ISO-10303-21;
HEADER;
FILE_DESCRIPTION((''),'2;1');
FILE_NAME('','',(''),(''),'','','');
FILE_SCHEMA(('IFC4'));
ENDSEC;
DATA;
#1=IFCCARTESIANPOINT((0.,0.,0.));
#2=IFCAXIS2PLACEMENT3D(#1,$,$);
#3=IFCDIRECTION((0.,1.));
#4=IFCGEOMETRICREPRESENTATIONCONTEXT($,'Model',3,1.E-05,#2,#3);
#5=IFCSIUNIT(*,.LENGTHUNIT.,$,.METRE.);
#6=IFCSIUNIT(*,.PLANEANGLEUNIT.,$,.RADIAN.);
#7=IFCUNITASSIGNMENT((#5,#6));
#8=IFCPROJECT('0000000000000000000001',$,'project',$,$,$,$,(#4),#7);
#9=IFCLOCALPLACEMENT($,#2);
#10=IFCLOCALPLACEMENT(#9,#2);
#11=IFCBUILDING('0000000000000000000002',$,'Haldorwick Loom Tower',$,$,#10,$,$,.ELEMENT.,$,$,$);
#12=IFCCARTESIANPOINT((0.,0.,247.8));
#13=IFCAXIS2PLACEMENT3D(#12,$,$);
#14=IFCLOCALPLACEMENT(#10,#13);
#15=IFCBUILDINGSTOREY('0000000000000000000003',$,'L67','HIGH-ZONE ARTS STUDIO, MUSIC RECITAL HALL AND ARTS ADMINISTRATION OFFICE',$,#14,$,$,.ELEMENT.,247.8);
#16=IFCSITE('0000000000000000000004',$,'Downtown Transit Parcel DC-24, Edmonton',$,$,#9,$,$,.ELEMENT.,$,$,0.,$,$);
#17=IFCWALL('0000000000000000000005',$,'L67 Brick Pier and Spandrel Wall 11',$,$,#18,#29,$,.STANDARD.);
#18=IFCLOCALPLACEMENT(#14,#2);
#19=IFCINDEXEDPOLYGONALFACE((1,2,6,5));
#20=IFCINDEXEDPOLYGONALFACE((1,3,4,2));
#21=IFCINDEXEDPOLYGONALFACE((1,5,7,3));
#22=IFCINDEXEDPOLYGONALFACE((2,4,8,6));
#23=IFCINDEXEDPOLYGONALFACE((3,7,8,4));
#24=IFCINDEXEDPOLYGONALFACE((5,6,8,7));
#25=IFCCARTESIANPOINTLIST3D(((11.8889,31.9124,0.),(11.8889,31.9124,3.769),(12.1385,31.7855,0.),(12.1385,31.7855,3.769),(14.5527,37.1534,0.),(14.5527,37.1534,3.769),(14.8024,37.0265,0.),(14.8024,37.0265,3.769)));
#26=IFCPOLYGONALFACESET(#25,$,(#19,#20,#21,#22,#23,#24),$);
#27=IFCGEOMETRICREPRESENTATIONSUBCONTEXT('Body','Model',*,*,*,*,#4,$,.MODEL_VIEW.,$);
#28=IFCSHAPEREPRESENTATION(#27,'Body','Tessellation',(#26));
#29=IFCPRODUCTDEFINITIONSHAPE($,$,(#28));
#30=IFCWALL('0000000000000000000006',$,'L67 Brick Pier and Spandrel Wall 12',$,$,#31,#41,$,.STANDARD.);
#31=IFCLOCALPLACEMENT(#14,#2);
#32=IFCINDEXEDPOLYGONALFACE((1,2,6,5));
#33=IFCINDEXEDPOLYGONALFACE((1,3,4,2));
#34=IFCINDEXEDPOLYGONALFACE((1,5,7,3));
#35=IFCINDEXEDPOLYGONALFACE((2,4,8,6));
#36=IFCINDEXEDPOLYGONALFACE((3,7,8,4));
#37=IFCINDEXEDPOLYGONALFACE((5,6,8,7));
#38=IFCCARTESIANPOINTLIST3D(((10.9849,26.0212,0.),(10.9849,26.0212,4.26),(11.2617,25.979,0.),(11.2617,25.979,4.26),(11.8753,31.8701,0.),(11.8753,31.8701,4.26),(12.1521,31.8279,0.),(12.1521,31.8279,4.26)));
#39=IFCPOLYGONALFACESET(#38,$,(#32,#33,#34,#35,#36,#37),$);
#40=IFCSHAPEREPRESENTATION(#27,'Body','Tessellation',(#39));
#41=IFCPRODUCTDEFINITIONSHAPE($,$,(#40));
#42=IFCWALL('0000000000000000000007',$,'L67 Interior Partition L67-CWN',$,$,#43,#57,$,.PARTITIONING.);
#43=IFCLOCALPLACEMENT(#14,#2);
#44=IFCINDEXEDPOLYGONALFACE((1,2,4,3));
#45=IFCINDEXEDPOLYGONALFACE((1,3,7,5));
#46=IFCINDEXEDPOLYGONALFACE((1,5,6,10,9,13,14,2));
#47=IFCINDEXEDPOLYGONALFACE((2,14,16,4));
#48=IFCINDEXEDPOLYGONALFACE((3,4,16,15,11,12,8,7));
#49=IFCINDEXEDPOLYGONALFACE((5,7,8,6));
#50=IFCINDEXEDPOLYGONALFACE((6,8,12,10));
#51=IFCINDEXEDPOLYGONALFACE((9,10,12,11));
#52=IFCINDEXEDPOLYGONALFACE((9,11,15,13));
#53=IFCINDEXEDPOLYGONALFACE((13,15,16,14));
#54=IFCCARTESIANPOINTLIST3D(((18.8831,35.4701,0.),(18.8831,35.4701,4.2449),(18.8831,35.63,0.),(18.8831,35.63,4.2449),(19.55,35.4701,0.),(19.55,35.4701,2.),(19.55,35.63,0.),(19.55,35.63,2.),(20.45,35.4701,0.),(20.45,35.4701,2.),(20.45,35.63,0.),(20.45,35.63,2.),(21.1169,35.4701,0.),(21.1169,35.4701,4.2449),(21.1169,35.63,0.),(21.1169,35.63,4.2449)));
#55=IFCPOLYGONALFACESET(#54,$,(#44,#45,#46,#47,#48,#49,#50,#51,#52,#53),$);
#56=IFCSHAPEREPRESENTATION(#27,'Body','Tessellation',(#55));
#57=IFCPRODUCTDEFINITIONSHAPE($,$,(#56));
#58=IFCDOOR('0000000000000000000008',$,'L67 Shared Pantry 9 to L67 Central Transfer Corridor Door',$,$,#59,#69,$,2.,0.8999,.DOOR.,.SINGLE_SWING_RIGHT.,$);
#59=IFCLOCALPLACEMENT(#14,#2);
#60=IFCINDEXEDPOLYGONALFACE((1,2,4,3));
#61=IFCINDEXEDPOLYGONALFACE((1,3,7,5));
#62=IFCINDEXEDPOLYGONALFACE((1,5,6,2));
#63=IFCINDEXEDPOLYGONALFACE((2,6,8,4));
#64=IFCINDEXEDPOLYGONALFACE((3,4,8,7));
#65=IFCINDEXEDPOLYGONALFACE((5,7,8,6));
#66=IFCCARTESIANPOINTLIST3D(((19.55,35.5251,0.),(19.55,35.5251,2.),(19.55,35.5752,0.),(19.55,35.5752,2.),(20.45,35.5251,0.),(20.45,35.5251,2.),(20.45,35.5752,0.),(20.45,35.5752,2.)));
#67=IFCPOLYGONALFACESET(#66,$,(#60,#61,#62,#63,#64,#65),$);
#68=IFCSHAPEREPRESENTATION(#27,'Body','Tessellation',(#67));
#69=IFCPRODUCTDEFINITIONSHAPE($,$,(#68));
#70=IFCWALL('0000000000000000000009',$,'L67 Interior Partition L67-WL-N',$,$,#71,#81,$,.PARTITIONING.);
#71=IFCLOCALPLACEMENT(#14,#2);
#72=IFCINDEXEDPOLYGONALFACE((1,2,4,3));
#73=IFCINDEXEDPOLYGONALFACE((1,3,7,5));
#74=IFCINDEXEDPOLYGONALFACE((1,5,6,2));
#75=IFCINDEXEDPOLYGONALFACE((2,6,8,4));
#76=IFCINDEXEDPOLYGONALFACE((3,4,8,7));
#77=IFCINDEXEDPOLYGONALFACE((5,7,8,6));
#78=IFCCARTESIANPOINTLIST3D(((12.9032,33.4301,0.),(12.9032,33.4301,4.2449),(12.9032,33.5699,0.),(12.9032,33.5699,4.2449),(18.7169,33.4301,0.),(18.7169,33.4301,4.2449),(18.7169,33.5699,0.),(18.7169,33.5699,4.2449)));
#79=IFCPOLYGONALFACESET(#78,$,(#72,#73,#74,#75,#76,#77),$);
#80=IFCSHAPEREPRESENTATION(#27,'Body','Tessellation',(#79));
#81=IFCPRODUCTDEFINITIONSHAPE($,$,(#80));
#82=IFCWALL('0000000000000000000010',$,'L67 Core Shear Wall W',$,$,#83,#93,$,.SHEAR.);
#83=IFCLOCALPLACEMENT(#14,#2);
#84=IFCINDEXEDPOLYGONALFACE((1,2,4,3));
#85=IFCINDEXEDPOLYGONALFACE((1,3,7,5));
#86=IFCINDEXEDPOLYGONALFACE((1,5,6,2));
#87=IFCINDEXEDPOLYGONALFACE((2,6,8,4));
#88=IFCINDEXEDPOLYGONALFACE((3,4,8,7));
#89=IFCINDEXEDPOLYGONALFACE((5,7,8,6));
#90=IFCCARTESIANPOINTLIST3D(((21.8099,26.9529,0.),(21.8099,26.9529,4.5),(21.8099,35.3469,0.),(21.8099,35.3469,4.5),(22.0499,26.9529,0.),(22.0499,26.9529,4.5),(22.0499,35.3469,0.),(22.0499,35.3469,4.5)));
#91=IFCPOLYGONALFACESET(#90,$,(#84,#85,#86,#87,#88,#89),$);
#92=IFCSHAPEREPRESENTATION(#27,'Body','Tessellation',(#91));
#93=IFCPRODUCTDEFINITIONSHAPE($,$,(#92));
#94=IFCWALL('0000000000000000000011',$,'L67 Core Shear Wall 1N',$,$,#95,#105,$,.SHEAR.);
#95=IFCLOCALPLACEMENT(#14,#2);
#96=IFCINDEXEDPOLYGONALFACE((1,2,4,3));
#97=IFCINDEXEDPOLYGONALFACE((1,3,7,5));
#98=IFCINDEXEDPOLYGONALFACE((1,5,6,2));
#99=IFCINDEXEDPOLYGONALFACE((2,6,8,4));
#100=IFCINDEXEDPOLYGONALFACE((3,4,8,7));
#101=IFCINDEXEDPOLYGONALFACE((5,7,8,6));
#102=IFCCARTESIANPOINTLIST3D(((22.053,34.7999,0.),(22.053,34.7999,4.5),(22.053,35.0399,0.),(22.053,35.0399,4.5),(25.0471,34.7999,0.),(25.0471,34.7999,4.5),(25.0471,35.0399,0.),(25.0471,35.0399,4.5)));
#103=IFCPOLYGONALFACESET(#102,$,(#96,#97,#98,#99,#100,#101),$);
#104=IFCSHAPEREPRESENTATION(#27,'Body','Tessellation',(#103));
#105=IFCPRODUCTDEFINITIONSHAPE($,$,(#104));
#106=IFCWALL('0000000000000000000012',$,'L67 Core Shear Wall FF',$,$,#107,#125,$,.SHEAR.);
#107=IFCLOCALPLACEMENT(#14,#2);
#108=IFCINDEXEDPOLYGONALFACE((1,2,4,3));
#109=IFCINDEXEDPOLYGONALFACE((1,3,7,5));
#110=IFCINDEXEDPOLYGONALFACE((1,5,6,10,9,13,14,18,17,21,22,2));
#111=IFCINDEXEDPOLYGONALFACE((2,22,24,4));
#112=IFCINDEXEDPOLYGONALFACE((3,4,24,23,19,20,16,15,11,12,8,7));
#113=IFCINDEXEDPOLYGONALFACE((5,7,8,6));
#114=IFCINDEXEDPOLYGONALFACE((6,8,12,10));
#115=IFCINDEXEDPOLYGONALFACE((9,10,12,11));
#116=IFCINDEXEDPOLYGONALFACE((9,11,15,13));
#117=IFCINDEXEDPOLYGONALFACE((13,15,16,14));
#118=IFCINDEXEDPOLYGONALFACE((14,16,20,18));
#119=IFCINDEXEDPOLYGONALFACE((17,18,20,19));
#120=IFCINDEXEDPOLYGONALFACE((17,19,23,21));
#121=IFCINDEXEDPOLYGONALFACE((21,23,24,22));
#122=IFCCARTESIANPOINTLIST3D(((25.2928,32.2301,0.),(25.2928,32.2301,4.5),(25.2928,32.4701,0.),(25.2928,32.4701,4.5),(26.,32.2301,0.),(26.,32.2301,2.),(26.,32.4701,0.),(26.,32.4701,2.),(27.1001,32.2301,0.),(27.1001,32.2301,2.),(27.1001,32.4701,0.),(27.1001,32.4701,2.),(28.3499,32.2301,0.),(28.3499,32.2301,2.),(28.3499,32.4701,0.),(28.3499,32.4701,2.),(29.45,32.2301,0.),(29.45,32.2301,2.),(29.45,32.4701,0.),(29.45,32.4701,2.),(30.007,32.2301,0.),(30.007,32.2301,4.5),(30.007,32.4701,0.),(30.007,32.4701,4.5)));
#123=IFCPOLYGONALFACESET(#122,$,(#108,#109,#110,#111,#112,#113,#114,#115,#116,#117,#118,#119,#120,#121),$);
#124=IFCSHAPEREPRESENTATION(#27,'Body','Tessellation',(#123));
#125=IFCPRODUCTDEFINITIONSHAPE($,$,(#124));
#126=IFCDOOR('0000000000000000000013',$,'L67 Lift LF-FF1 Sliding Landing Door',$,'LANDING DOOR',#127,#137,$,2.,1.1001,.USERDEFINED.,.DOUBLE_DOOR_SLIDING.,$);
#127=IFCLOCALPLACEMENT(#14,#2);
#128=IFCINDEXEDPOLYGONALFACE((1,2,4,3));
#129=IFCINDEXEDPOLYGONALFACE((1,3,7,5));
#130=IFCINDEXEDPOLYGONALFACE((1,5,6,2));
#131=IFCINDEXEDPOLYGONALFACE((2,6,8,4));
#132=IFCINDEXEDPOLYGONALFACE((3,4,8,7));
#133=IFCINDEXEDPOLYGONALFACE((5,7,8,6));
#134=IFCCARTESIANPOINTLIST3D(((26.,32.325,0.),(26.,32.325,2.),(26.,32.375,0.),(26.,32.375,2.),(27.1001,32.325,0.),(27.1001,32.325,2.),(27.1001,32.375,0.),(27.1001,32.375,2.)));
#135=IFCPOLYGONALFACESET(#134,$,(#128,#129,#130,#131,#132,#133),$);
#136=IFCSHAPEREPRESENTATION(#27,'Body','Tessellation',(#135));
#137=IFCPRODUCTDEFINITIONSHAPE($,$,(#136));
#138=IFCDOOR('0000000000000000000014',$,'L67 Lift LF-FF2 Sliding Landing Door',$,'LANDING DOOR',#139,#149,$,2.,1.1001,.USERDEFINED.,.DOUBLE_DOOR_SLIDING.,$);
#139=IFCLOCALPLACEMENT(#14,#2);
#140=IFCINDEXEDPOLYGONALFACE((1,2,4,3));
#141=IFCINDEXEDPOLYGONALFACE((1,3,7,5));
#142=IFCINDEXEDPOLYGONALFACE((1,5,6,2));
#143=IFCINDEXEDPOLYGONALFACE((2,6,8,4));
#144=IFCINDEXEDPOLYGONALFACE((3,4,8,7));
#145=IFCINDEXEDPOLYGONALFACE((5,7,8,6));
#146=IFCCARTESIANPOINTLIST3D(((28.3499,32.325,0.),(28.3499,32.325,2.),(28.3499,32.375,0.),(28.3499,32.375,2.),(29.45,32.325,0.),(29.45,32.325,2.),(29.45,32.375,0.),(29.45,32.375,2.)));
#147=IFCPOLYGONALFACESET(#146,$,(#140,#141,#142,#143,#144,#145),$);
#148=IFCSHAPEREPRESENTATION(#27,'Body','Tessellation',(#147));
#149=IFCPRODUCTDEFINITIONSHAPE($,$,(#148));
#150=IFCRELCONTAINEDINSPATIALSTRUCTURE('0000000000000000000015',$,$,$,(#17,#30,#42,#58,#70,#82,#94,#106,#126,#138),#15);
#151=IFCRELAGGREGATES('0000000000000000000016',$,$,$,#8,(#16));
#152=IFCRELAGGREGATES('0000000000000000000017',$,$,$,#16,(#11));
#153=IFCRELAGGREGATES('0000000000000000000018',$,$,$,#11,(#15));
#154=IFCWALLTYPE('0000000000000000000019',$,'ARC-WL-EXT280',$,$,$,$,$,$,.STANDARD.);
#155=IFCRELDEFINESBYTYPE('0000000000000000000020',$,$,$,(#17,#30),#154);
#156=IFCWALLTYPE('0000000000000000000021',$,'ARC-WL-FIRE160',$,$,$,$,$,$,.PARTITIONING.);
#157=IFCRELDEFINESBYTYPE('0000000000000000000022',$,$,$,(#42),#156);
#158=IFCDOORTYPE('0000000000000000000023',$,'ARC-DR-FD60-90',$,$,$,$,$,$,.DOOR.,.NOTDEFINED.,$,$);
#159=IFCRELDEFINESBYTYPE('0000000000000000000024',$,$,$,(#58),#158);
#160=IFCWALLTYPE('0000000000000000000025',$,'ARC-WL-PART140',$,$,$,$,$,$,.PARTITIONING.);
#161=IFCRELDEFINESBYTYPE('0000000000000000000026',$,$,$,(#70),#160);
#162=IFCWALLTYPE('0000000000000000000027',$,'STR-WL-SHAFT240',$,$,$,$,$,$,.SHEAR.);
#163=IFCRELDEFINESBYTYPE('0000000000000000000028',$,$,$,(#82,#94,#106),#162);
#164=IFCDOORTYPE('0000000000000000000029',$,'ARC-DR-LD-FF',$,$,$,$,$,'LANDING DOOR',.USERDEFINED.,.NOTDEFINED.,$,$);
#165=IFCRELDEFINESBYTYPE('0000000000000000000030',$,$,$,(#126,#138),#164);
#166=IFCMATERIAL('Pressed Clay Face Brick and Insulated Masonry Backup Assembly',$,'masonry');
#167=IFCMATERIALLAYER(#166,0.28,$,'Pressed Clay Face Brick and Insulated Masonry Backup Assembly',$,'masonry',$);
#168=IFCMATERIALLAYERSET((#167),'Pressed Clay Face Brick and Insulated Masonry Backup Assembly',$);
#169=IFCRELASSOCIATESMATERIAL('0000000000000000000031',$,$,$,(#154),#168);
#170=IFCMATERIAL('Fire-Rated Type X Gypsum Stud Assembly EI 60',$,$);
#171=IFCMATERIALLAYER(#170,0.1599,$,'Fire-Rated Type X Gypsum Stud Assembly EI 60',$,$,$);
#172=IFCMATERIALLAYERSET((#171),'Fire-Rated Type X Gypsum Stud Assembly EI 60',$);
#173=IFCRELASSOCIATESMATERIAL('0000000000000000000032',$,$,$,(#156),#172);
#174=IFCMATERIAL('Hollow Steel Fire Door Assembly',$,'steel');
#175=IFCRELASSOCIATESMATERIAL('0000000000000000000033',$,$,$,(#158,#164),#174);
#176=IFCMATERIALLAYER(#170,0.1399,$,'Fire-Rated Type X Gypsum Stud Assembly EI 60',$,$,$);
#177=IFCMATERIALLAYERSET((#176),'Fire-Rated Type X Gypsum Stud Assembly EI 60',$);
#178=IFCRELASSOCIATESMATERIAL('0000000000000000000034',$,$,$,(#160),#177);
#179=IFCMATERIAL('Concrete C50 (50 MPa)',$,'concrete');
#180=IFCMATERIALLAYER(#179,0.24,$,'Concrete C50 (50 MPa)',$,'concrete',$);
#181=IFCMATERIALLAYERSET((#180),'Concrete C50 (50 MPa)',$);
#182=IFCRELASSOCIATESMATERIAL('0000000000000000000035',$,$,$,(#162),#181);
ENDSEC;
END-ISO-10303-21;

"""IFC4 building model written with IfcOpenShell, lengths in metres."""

from ifc_helpers import new_model, si_unit, direction, frame, frame_2d, origin, place, context, subcontext, project, spatial, rectangle, extrude, material, layer, layer_set, type_object, element, fill, save


model = new_model("IFC4")

# Units and contexts
model_context = context("Model", 3, precision=1e-05, world=origin(), true_north=direction((0.0, 1.0)))
body_context = subcontext(model_context, "Body", "Model", "MODEL_VIEW")
ifc_project = project(units=[si_unit("LENGTHUNIT", "METRE"), si_unit("PLANEANGLEUNIT", "RADIAN")], contexts=[model_context])

# Site, building, storey
site_placement = place(None, origin())
site = spatial("IfcSite", under=ifc_project, at=site_placement, Name="Downtown Transit Parcel DC-24, Edmonton", CompositionType="ELEMENT", RefElevation=0.0)
building_placement = place(site_placement, origin())
building = spatial("IfcBuilding", under=site, at=building_placement, Name="Haldorwick Loom Tower", CompositionType="ELEMENT")
storey_placement = place(building_placement, frame((0.0, 0.0, 247.8)))
storey = spatial("IfcBuildingStorey", under=building, at=storey_placement, Name="L67", Description="HIGH-ZONE ARTS STUDIO, MUSIC RECITAL HALL AND ARTS ADMINISTRATION OFFICE", CompositionType="ELEMENT", Elevation=247.8)

# Shared definitions
ifc_material_1 = material(Name="Concrete C50 (50 MPa)", Category="concrete")

# Shared definitions
ifc_material_2 = material(Name="Pressed Clay Face Brick and Insulated Masonry Backup Assembly", Category="masonry")
ifc_layer_1 = layer(ifc_material_2, 0.28, Name="Pressed Clay Face Brick and Insulated Masonry Backup Assembly", Category="masonry")
ifc_layer_set_1 = layer_set([ifc_layer_1], Name="Pressed Clay Face Brick and Insulated Masonry Backup Assembly")
wall_type_1 = type_object("IfcWallType", Name="ARC-WL-EXT280", PredefinedType="STANDARD", material=ifc_layer_set_1)

# Walls
wall_1_placement = place(storey_placement, frame((14.6775, 37.0898, 0.0), z_axis=(0.0, 0.0, 1.0), x_axis=(-0.453101, -0.891459, 0.0)))
element("IfcWall", 1, at=wall_1_placement, inside=storey, type_object=wall_type_1, Name="L67 Brick Pier and Spandrel Wall 11", PredefinedType="STANDARD", context=body_context, shape_type="SweptSolid", body=[
    extrude(rectangle(XDim=5.8792, YDim=0.28, at=frame_2d((2.9395, 0.0))), origin(), (0.0, 0.0, 1.0), 3.769),
])
wall_2_placement = place(storey_placement, frame((12.0137, 31.8489, 0.0), z_axis=(0.0, 0.0, 1.0), x_axis=(-0.150497, -0.98861, 0.0)))
element("IfcWall", 2, at=wall_2_placement, inside=storey, type_object=wall_type_1, Name="L67 Brick Pier and Spandrel Wall 12", PredefinedType="STANDARD", context=body_context, shape_type="SweptSolid", body=[
    extrude(rectangle(XDim=5.9163, YDim=0.28, at=frame_2d((2.958, 0.0))), origin(), (0.0, 0.0, 1.0), 4.26),
])

# Wall, opening, door
ifc_material_3 = material(Name="Fire-Rated Type X Gypsum Stud Assembly EI 60")
ifc_layer_2 = layer(ifc_material_3, 0.1599, Name="Fire-Rated Type X Gypsum Stud Assembly EI 60")
ifc_layer_set_2 = layer_set([ifc_layer_2], Name="Fire-Rated Type X Gypsum Stud Assembly EI 60")
wall_type_2 = type_object("IfcWallType", Name="ARC-WL-FIRE160", PredefinedType="PARTITIONING", material=ifc_layer_set_2)
wall_3_placement = place(storey_placement, frame((18.8831, 35.55, 0.0), z_axis=(0.0, 0.0, 1.0), x_axis=(1.0, 0.0, 0.0)))
wall_3 = element("IfcWall", 3, at=wall_3_placement, inside=storey, type_object=wall_type_2, Name="L67 Interior Partition L67-CWN", PredefinedType="PARTITIONING", context=body_context, shape_type="SweptSolid", body=[
    extrude(rectangle(XDim=2.2339, YDim=0.1599, at=frame_2d((1.1169, 0.0))), origin(), (0.0, 0.0, 1.0), 4.2449),
])
opening_1_placement = place(wall_3_placement, frame((0.667, 0.0, 0.0)))
opening_1 = element("IfcOpeningElement", 4, at=opening_1_placement, cuts=wall_3, PredefinedType="OPENING", context=body_context, shape_type="SweptSolid", body=[
    extrude(rectangle(XDim=0.8999, YDim=2.0, at=frame_2d((0.45, 1.0))), frame((0.0, 0.0898, 0.0), z_axis=(0.0, -1.0, 0.0), x_axis=(1.0, 0.0, 0.0)), (0.0, 0.0, 1.0), 0.1799),
])
ifc_material_4 = material(Name="Hollow Steel Fire Door Assembly", Category="steel")
door_type_1 = type_object("IfcDoorType", Name="ARC-DR-FD60-90", OperationType="NOTDEFINED", PredefinedType="DOOR", material=ifc_material_4)
door_1_placement = place(opening_1_placement, frame((0.8999, 0.0, 0.0), z_axis=(0.0, 0.0, 1.0), x_axis=(-1.0, 0.0, 0.0)))
door_1 = element("IfcDoor", 5, at=door_1_placement, inside=storey, type_object=door_type_1, Name="L67 Shared Pantry 9 to L67 Central Transfer Corridor Door", OperationType="SINGLE_SWING_RIGHT", OverallHeight=2.0, OverallWidth=0.8999, PredefinedType="DOOR", context=body_context, shape_type="SweptSolid", body=[
    extrude(rectangle(XDim=0.8999, YDim=2.0, at=frame_2d((0.45, 1.0))), frame((0.0, 0.0249, 0.0), z_axis=(0.0, -1.0, 0.0), x_axis=(1.0, 0.0, 0.0)), (0.0, 0.0, 1.0), 0.05),
])
fill(opening_1, door_1)

# Walls
ifc_layer_3 = layer(ifc_material_3, 0.1399, Name="Fire-Rated Type X Gypsum Stud Assembly EI 60")
ifc_layer_set_3 = layer_set([ifc_layer_3], Name="Fire-Rated Type X Gypsum Stud Assembly EI 60")
wall_type_3 = type_object("IfcWallType", Name="ARC-WL-PART140", PredefinedType="PARTITIONING", material=ifc_layer_set_3)
wall_4_placement = place(storey_placement, frame((12.9033, 33.5, 0.0), z_axis=(0.0, 0.0, 1.0), x_axis=(1.0, 0.0, 0.0)))
element("IfcWall", 6, at=wall_4_placement, inside=storey, type_object=wall_type_3, Name="L67 Interior Partition L67-WL-N", PredefinedType="PARTITIONING", context=body_context, shape_type="SweptSolid", body=[
    extrude(rectangle(XDim=5.8137, YDim=0.1399, at=frame_2d((2.9067, 0.0))), origin(), (0.0, 0.0, 1.0), 4.2449),
])
ifc_layer_4 = layer(ifc_material_1, 0.24, Name="Concrete C50 (50 MPa)", Category="concrete")
ifc_layer_set_4 = layer_set([ifc_layer_4], Name="Concrete C50 (50 MPa)")
wall_type_4 = type_object("IfcWallType", Name="STR-WL-SHAFT240", PredefinedType="SHEAR", material=ifc_layer_set_4)
wall_5_placement = place(storey_placement, frame((21.9299, 35.3469, 0.0), z_axis=(0.0, 0.0, 1.0), x_axis=(0.0, -1.0, 0.0)))
element("IfcWall", 7, at=wall_5_placement, inside=storey, type_object=wall_type_4, Name="L67 Core Shear Wall W", PredefinedType="SHEAR", context=body_context, shape_type="SweptSolid", body=[
    extrude(rectangle(XDim=8.394, YDim=0.24, at=frame_2d((4.197, 0.0))), origin(), (0.0, 0.0, 1.0), 4.5),
])
wall_6_placement = place(storey_placement, frame((22.053, 34.9199, 0.0), z_axis=(0.0, 0.0, 1.0), x_axis=(1.0, 0.0, 0.0)))
element("IfcWall", 8, at=wall_6_placement, inside=storey, type_object=wall_type_4, Name="L67 Core Shear Wall 1N", PredefinedType="SHEAR", context=body_context, shape_type="SweptSolid", body=[
    extrude(rectangle(XDim=2.9941, YDim=0.24, at=frame_2d((1.4971, 0.0))), origin(), (0.0, 0.0, 1.0), 4.5),
])

# Wall, openings, doors
wall_7_placement = place(storey_placement, frame((25.293, 32.3501, 0.0), z_axis=(0.0, 0.0, 1.0), x_axis=(1.0, 0.0, 0.0)))
wall_7 = element("IfcWall", 9, at=wall_7_placement, inside=storey, type_object=wall_type_4, Name="L67 Core Shear Wall FF", PredefinedType="SHEAR", context=body_context, shape_type="SweptSolid", body=[
    extrude(rectangle(XDim=4.7141, YDim=0.24, at=frame_2d((2.3569, 0.0))), origin(), (0.0, 0.0, 1.0), 4.5),
])
opening_2_placement = place(wall_7_placement, frame((0.707, 0.0, 0.0)))
opening_2 = element("IfcOpeningElement", 10, at=opening_2_placement, cuts=wall_7, PredefinedType="OPENING", context=body_context, shape_type="SweptSolid", body=[
    extrude(rectangle(XDim=1.1001, YDim=2.0, at=frame_2d((0.55, 1.0))), frame((0.0, 0.1299, 0.0), z_axis=(0.0, -1.0, 0.0), x_axis=(1.0, 0.0, 0.0)), (0.0, 0.0, 1.0), 0.26),
])
opening_3_placement = place(wall_7_placement, frame((3.0569, 0.0, 0.0)))
opening_3 = element("IfcOpeningElement", 11, at=opening_3_placement, cuts=wall_7, PredefinedType="OPENING", context=body_context, shape_type="SweptSolid", body=[
    extrude(rectangle(XDim=1.1001, YDim=2.0, at=frame_2d((0.55, 1.0))), frame((0.0, 0.1299, 0.0), z_axis=(0.0, -1.0, 0.0), x_axis=(1.0, 0.0, 0.0)), (0.0, 0.0, 1.0), 0.26),
])
door_type_2 = type_object("IfcDoorType", Name="ARC-DR-LD-FF", ElementType="LANDING DOOR", OperationType="NOTDEFINED", PredefinedType="USERDEFINED", material=ifc_material_4)
door_2_placement = place(opening_2_placement, origin())
door_2 = element("IfcDoor", 12, at=door_2_placement, inside=storey, type_object=door_type_2, Name="L67 Lift LF-FF1 Sliding Landing Door", ObjectType="LANDING DOOR", OperationType="DOUBLE_DOOR_SLIDING", OverallHeight=2.0, OverallWidth=1.1001, PredefinedType="USERDEFINED", context=body_context, shape_type="SweptSolid", body=[
    extrude(rectangle(XDim=1.1001, YDim=2.0, at=frame_2d((0.55, 1.0))), frame((0.0, 0.0249, 0.0), z_axis=(0.0, -1.0, 0.0), x_axis=(1.0, 0.0, 0.0)), (0.0, 0.0, 1.0), 0.05),
])
fill(opening_2, door_2)
door_3_placement = place(opening_3_placement, origin())
door_3 = element("IfcDoor", 13, at=door_3_placement, inside=storey, type_object=door_type_2, Name="L67 Lift LF-FF2 Sliding Landing Door", ObjectType="LANDING DOOR", OperationType="DOUBLE_DOOR_SLIDING", OverallHeight=2.0, OverallWidth=1.1001, PredefinedType="USERDEFINED", context=body_context, shape_type="SweptSolid", body=[
    extrude(rectangle(XDim=1.1001, YDim=2.0, at=frame_2d((0.55, 1.0))), frame((0.0, 0.0249, 0.0), z_axis=(0.0, -1.0, 0.0), x_axis=(1.0, 0.0, 0.0)), (0.0, 0.0, 1.0), 0.05),
])
fill(opening_3, door_3)

save(model, "model.ifc")
